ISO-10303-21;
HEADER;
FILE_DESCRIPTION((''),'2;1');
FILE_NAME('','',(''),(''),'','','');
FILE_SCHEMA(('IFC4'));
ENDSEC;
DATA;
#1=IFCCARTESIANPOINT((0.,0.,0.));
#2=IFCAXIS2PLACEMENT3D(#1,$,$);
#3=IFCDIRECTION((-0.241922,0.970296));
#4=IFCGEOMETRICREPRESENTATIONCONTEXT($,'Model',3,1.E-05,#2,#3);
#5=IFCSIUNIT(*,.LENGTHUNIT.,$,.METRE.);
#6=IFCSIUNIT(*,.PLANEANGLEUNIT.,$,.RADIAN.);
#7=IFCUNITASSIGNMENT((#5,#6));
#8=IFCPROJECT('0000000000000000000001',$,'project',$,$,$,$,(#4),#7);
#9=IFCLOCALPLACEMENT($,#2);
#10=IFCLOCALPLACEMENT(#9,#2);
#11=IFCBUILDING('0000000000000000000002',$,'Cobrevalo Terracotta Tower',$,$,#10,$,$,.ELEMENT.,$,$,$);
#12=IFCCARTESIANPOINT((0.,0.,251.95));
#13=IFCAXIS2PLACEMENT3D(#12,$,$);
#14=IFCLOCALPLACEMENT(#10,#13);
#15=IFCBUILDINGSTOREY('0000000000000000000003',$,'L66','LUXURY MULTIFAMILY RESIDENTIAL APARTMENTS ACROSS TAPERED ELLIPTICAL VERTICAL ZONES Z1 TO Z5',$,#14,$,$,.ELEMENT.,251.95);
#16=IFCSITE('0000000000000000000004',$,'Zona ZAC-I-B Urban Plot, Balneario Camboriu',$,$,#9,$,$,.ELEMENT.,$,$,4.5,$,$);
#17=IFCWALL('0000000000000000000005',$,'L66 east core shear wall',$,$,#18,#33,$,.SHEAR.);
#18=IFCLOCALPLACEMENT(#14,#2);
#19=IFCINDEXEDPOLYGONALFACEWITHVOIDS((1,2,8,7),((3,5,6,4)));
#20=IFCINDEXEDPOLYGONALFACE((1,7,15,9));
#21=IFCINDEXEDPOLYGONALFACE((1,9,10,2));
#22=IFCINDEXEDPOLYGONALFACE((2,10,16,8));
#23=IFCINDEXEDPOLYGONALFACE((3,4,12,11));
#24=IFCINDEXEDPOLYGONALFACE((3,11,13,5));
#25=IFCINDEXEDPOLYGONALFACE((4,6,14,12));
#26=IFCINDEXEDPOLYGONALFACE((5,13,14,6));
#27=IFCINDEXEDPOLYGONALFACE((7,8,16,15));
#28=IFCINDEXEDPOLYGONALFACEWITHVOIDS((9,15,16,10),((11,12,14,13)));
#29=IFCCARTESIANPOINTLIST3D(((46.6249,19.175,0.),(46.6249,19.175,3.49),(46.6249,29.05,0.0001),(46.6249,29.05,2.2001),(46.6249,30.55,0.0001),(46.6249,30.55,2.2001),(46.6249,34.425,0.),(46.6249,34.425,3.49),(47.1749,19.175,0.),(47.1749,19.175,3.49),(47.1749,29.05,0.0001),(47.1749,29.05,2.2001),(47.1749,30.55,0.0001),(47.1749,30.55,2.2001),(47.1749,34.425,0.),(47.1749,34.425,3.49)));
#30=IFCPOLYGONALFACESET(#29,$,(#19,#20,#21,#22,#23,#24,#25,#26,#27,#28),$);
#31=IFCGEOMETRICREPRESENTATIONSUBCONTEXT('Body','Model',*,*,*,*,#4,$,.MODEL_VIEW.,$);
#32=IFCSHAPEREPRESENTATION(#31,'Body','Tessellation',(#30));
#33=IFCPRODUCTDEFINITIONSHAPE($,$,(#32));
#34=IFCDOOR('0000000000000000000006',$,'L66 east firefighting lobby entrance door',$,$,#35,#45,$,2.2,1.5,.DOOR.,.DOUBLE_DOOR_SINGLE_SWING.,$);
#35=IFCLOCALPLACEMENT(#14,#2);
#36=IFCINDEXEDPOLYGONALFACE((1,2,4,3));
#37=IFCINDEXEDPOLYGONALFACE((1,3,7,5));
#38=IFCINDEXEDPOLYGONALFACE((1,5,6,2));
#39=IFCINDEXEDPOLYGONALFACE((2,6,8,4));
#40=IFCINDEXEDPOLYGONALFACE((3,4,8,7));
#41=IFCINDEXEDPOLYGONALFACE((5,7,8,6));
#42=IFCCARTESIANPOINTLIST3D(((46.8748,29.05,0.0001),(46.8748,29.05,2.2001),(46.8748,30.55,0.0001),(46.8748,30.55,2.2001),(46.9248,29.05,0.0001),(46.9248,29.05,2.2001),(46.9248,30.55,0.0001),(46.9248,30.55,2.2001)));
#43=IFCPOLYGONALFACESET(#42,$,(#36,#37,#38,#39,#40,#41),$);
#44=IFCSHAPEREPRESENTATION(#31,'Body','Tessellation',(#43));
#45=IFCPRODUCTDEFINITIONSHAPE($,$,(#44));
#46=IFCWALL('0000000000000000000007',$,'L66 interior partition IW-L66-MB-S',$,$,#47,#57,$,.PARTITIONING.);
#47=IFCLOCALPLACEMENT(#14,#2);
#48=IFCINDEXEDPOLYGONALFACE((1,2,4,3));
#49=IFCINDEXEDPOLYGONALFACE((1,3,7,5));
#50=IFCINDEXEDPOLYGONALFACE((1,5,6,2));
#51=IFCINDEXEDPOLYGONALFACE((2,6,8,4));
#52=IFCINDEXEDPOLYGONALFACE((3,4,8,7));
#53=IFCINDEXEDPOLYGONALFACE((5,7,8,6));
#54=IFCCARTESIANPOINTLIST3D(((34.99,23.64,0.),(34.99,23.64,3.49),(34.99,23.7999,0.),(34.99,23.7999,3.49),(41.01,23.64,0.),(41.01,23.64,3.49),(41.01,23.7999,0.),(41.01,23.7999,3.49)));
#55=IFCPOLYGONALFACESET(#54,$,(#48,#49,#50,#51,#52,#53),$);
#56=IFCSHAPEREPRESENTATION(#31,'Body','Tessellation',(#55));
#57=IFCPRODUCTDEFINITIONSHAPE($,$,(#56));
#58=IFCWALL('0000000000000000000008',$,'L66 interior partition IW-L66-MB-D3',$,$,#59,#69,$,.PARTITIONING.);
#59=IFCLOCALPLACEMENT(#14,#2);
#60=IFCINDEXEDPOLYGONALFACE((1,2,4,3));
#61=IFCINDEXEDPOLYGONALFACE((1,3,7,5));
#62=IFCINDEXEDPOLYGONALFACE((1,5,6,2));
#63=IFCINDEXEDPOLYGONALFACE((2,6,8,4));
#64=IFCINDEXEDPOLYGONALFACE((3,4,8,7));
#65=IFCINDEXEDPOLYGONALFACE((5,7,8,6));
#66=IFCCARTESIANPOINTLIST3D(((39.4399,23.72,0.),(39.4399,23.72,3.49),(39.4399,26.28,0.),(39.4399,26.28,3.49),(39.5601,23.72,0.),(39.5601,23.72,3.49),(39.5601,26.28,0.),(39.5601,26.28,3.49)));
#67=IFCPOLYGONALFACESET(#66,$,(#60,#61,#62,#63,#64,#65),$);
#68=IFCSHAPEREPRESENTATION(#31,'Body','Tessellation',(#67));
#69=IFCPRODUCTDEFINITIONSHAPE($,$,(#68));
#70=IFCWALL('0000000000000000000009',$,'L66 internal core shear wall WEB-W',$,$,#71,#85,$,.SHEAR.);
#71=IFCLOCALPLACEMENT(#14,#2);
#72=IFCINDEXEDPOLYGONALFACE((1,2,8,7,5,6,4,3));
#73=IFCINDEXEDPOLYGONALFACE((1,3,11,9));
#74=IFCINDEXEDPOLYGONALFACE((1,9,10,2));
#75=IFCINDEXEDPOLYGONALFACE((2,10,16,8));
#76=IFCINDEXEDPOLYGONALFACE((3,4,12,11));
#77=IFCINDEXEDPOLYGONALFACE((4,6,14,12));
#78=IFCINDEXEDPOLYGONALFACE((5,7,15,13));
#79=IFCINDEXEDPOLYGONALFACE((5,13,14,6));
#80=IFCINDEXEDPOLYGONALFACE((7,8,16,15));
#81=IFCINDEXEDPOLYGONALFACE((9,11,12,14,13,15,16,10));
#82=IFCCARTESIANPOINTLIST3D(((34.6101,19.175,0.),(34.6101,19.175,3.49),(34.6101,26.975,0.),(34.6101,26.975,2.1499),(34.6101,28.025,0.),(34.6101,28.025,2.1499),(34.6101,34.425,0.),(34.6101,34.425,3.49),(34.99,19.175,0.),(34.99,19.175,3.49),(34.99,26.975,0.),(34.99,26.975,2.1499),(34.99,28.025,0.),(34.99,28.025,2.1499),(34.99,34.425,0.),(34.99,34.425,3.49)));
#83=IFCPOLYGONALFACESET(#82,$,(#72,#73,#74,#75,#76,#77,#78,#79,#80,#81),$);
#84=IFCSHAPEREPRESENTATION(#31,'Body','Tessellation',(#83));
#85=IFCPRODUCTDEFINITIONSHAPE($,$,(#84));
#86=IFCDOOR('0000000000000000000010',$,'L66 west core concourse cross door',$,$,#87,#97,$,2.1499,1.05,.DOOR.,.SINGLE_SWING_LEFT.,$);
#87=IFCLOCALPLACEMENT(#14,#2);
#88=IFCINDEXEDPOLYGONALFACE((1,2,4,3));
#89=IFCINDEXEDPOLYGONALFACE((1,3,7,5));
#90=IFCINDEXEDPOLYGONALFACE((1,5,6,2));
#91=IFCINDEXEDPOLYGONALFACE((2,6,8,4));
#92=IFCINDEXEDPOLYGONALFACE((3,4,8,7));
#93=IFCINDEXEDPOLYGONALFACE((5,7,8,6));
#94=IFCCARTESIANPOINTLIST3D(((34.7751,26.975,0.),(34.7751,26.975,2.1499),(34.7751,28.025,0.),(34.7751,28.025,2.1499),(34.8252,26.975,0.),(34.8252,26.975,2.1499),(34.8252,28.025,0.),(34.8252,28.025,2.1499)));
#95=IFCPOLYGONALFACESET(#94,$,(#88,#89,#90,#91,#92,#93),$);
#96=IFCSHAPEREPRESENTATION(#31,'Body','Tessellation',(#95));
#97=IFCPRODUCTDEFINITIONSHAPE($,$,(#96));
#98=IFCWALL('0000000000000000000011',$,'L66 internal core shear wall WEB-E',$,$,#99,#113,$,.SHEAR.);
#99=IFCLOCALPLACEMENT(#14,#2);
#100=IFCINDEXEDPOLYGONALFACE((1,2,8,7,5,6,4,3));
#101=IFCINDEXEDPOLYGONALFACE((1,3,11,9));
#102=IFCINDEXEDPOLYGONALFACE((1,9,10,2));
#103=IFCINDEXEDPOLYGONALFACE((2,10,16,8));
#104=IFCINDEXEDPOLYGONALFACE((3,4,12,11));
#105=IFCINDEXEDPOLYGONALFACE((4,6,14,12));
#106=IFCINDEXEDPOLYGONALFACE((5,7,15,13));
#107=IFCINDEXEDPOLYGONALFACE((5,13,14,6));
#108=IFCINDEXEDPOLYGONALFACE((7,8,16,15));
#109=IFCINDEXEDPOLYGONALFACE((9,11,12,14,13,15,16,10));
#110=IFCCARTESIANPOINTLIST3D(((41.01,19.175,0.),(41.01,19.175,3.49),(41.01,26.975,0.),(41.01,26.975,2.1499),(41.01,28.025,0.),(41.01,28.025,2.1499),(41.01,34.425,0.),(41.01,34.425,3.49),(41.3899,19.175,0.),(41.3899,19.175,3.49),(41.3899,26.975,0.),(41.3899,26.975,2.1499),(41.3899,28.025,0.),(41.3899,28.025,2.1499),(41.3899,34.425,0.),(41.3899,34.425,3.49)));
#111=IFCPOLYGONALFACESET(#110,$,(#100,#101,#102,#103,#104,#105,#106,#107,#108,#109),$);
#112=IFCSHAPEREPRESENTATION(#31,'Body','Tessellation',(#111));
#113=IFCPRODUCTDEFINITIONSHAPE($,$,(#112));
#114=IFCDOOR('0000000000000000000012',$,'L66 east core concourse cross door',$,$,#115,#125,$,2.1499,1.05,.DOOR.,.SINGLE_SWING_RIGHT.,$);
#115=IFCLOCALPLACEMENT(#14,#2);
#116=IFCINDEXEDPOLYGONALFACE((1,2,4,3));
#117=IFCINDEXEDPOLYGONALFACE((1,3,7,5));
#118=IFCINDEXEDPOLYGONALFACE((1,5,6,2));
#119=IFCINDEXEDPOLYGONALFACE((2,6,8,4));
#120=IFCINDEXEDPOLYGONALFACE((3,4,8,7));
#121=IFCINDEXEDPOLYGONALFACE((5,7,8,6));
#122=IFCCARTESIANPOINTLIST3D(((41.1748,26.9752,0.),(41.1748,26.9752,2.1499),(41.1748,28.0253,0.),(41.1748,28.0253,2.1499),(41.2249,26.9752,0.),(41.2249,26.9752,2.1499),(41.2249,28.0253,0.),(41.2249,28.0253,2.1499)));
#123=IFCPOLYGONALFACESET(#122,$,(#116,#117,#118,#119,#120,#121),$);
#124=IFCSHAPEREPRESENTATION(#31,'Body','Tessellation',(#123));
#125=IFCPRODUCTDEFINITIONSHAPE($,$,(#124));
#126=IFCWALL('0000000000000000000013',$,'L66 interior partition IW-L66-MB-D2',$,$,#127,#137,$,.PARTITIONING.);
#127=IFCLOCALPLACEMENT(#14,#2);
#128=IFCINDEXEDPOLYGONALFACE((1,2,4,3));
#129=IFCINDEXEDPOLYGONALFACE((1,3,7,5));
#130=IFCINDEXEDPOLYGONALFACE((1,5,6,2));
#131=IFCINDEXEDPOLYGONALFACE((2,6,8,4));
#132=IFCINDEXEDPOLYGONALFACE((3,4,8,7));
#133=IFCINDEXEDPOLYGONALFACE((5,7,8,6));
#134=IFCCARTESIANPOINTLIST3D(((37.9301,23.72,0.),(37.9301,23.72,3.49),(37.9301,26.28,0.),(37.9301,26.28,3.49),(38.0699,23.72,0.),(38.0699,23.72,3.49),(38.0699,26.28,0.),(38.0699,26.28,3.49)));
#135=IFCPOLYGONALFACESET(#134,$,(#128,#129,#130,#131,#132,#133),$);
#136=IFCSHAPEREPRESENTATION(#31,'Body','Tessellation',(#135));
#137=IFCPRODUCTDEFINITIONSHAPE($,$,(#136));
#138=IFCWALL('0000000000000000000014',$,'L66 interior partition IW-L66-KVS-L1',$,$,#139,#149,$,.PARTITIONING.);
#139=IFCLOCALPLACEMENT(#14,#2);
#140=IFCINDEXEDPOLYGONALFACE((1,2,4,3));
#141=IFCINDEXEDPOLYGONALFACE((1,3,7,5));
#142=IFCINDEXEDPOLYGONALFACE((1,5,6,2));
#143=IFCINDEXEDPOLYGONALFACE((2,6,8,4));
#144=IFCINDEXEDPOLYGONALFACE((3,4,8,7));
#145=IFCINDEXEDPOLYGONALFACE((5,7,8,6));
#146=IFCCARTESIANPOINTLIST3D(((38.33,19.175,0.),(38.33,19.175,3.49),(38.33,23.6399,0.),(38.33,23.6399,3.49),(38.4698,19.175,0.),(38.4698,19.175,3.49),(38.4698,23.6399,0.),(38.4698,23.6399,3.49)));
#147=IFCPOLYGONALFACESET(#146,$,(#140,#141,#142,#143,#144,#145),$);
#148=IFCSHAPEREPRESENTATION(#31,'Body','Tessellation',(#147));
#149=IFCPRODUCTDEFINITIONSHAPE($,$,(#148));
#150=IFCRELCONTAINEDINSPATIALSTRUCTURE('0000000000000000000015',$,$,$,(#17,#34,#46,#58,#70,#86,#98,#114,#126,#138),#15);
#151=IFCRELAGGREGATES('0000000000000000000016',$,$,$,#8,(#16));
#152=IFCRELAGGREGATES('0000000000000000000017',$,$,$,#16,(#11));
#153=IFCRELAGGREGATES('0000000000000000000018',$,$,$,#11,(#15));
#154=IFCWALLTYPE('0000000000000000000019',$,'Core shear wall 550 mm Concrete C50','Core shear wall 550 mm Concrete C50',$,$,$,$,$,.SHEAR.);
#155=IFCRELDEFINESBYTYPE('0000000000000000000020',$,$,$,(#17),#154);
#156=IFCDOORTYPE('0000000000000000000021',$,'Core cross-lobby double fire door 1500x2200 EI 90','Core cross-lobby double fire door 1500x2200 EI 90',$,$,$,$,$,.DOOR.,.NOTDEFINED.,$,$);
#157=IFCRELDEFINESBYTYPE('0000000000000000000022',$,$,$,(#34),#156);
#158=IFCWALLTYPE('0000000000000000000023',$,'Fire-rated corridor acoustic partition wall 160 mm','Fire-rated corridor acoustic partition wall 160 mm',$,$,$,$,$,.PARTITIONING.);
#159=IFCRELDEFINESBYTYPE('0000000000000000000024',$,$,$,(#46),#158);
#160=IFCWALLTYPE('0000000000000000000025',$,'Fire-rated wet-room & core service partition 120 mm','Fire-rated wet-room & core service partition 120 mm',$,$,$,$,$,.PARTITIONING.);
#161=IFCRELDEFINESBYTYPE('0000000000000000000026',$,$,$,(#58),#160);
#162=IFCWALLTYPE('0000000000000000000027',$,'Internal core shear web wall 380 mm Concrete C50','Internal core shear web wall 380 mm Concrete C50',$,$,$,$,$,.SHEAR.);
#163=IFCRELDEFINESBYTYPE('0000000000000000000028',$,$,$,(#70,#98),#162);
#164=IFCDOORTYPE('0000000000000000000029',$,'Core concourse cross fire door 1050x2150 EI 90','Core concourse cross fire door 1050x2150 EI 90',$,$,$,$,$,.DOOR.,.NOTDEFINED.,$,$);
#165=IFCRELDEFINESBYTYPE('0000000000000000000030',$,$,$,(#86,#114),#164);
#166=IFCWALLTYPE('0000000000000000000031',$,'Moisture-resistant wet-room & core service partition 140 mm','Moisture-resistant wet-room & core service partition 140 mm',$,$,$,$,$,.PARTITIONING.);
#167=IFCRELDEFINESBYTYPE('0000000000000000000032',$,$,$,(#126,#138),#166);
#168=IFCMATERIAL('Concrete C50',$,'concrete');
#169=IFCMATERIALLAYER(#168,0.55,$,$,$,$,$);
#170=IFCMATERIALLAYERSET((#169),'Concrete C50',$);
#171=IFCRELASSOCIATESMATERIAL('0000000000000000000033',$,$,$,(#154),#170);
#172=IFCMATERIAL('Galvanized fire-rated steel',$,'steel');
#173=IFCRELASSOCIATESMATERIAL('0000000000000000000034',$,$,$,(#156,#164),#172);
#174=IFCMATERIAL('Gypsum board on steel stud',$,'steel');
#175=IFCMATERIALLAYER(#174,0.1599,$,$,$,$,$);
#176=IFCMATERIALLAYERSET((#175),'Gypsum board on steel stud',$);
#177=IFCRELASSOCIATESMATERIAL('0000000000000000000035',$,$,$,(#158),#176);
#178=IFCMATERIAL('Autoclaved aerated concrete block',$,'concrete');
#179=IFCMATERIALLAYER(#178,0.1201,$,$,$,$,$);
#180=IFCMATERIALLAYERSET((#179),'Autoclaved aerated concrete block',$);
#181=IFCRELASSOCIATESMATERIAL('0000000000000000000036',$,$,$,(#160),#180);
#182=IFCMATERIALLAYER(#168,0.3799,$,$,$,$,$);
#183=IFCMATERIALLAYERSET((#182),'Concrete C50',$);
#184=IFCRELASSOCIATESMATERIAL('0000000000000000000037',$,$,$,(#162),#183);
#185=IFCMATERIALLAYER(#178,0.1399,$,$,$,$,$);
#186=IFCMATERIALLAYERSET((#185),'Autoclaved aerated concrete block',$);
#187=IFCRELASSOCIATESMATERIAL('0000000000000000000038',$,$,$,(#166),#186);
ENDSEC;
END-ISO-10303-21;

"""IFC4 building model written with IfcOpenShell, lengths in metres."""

from ifc_helpers import new_model, si_unit, direction, frame, frame_2d, origin, place, context, subcontext, project, spatial, rectangle, extrude, source, transform, mapped, material, layer, layer_set, type_object, element, fill, save


model = new_model("IFC4")

# Units and contexts
model_context = context("Model", 3, precision=1e-05, world=origin(), true_north=direction((-0.241922, 0.970296)))
body_context = subcontext(model_context, "Body", "Model", "MODEL_VIEW")
ifc_project = project(units=[si_unit("LENGTHUNIT", "METRE"), si_unit("PLANEANGLEUNIT", "RADIAN")], contexts=[model_context])

# Site, building, storey
site_placement = place(None, origin())
site = spatial("IfcSite", under=ifc_project, at=site_placement, Name="Zona ZAC-I-B Urban Plot, Balneario Camboriu", CompositionType="ELEMENT", RefElevation=4.5)
building_placement = place(site_placement, origin())
building = spatial("IfcBuilding", under=site, at=building_placement, Name="Cobrevalo Terracotta Tower", CompositionType="ELEMENT")
storey_placement = place(building_placement, frame((0.0, 0.0, 251.95)))
storey = spatial("IfcBuildingStorey", under=building, at=storey_placement, Name="L66", Description="LUXURY MULTIFAMILY RESIDENTIAL APARTMENTS ACROSS TAPERED ELLIPTICAL VERTICAL ZONES Z1 TO Z5", CompositionType="ELEMENT", Elevation=251.95)

# Wall, opening, door
ifc_material_1 = material(Name="Concrete C50", Category="concrete")
ifc_layer_1 = layer(ifc_material_1, 0.55)
ifc_layer_set_1 = layer_set([ifc_layer_1], Name="Concrete C50")
wall_type_1 = type_object("IfcWallType", Name="Core shear wall 550 mm Concrete C50", Description="Core shear wall 550 mm Concrete C50", PredefinedType="SHEAR", material=ifc_layer_set_1)
wall_1_placement = place(storey_placement, frame((46.8999, 19.175, 0.0), z_axis=(0.0, 0.0, 1.0), x_axis=(0.0, 1.0, 0.0)))
wall_1 = element("IfcWall", 1, at=wall_1_placement, inside=storey, type_object=wall_type_1, Name="L66 east core shear wall", PredefinedType="SHEAR", context=body_context, shape_type="SweptSolid", body=[
    extrude(rectangle(XDim=15.25, YDim=0.55, at=frame_2d((7.625, 0.0))), origin(), (0.0, 0.0, 1.0), 3.49),
])
opening_1_placement = place(wall_1_placement, frame((9.875, 0.0, 0.0)))
opening_1 = element("IfcOpeningElement", 2, at=opening_1_placement, cuts=wall_1, PredefinedType="OPENING", context=body_context, shape_type="SweptSolid", body=[
    extrude(rectangle(XDim=1.5, YDim=2.2, at=frame_2d((0.75, 1.1001))), frame((0.0, 0.2852, 0.0), z_axis=(0.0, -1.0, 0.0), x_axis=(1.0, 0.0, 0.0)), (0.0, 0.0, 1.0), 0.5701),
])
ifc_material_2 = material(Name="Galvanized fire-rated steel", Category="steel")
door_type_1 = type_object("IfcDoorType", Name="Core cross-lobby double fire door 1500x2200 EI 90", Description="Core cross-lobby double fire door 1500x2200 EI 90", OperationType="NOTDEFINED", PredefinedType="DOOR", material=ifc_material_2)
shared_shape_1 = source(origin(), body_context, "Body", "SweptSolid", [
    extrude(rectangle(XDim=1.5, YDim=2.2, at=frame_2d((0.75, 1.1001))), frame((0.0, 0.0249, 0.0), z_axis=(0.0, -1.0, 0.0), x_axis=(1.0, 0.0, 0.0)), (0.0, 0.0, 1.0), 0.05),
])
door_1_placement = place(opening_1_placement, frame((1.5, 0.0, 0.0), z_axis=(0.0, 0.0, 1.0), x_axis=(-1.0, 0.0, 0.0)))
door_1 = element("IfcDoor", 3, at=door_1_placement, inside=storey, type_object=door_type_1, Name="L66 east firefighting lobby entrance door", OperationType="DOUBLE_DOOR_SINGLE_SWING", OverallHeight=2.2, OverallWidth=1.5, PredefinedType="DOOR", context=body_context, shape_type="MappedRepresentation", body=[
    mapped(shared_shape_1, transform((0.0, 0.0, 0.0), scale=1.0)),
])
fill(opening_1, door_1)

# Walls
ifc_material_3 = material(Name="Gypsum board on steel stud", Category="steel")
ifc_layer_2 = layer(ifc_material_3, 0.1599)
ifc_layer_set_2 = layer_set([ifc_layer_2], Name="Gypsum board on steel stud")
wall_type_2 = type_object("IfcWallType", Name="Fire-rated corridor acoustic partition wall 160 mm", Description="Fire-rated corridor acoustic partition wall 160 mm", PredefinedType="PARTITIONING", material=ifc_layer_set_2)
wall_2_placement = place(storey_placement, frame((34.99, 23.72, 0.0), z_axis=(0.0, 0.0, 1.0), x_axis=(1.0, 0.0, 0.0)))
element("IfcWall", 4, at=wall_2_placement, inside=storey, type_object=wall_type_2, Name="L66 interior partition IW-L66-MB-S", PredefinedType="PARTITIONING", context=body_context, shape_type="SweptSolid", body=[
    extrude(rectangle(XDim=6.02, YDim=0.1599, at=frame_2d((3.01, 0.0))), origin(), (0.0, 0.0, 1.0), 3.49),
])
ifc_material_4 = material(Name="Autoclaved aerated concrete block", Category="concrete")
ifc_layer_3 = layer(ifc_material_4, 0.1201)
ifc_layer_set_3 = layer_set([ifc_layer_3], Name="Autoclaved aerated concrete block")
wall_type_3 = type_object("IfcWallType", Name="Fire-rated wet-room & core service partition 120 mm", Description="Fire-rated wet-room & core service partition 120 mm", PredefinedType="PARTITIONING", material=ifc_layer_set_3)
wall_3_placement = place(storey_placement, frame((39.5, 23.72, 0.0), z_axis=(0.0, 0.0, 1.0), x_axis=(0.0, 1.0, 0.0)))
element("IfcWall", 5, at=wall_3_placement, inside=storey, type_object=wall_type_3, Name="L66 interior partition IW-L66-MB-D3", PredefinedType="PARTITIONING", context=body_context, shape_type="SweptSolid", body=[
    extrude(rectangle(XDim=2.5601, YDim=0.1201, at=frame_2d((1.28, 0.0))), origin(), (0.0, 0.0, 1.0), 3.49),
])

# Walls, openings, doors
ifc_layer_4 = layer(ifc_material_1, 0.3799)
ifc_layer_set_4 = layer_set([ifc_layer_4], Name="Concrete C50")
wall_type_4 = type_object("IfcWallType", Name="Internal core shear web wall 380 mm Concrete C50", Description="Internal core shear web wall 380 mm Concrete C50", PredefinedType="SHEAR", material=ifc_layer_set_4)
wall_4_placement = place(storey_placement, frame((34.8, 19.175, 0.0), z_axis=(0.0, 0.0, 1.0), x_axis=(0.0, 1.0, 0.0)))
wall_4 = element("IfcWall", 6, at=wall_4_placement, inside=storey, type_object=wall_type_4, Name="L66 internal core shear wall WEB-W", PredefinedType="SHEAR", context=body_context, shape_type="SweptSolid", body=[
    extrude(rectangle(XDim=15.25, YDim=0.3799, at=frame_2d((7.625, 0.0))), origin(), (0.0, 0.0, 1.0), 3.49),
])
opening_2_placement = place(wall_4_placement, frame((7.8, 0.0, 0.0)))
opening_2 = element("IfcOpeningElement", 7, at=opening_2_placement, cuts=wall_4, PredefinedType="OPENING", context=body_context, shape_type="SweptSolid", body=[
    extrude(rectangle(XDim=1.05, YDim=2.1499, at=frame_2d((0.5249, 1.075))), frame((0.0, 0.2, 0.0), z_axis=(0.0, -1.0, 0.0), x_axis=(1.0, 0.0, 0.0)), (0.0, 0.0, 1.0), 0.3999),
])
door_type_2 = type_object("IfcDoorType", Name="Core concourse cross fire door 1050x2150 EI 90", Description="Core concourse cross fire door 1050x2150 EI 90", OperationType="NOTDEFINED", PredefinedType="DOOR", material=ifc_material_2)
shared_shape_2 = source(origin(), body_context, "Body", "SweptSolid", [
    extrude(rectangle(XDim=1.05, YDim=2.1499, at=frame_2d((0.5249, 1.075))), frame((0.0, 0.0249, 0.0), z_axis=(0.0, -1.0, 0.0), x_axis=(1.0, 0.0, 0.0)), (0.0, 0.0, 1.0), 0.05),
])
door_2_placement = place(opening_2_placement, origin())
door_2 = element("IfcDoor", 8, at=door_2_placement, inside=storey, type_object=door_type_2, Name="L66 west core concourse cross door", OperationType="SINGLE_SWING_LEFT", OverallHeight=2.1499, OverallWidth=1.05, PredefinedType="DOOR", context=body_context, shape_type="MappedRepresentation", body=[
    mapped(shared_shape_2, transform((0.0, 0.0, 0.0), scale=1.0)),
])
fill(opening_2, door_2)
wall_5_placement = place(storey_placement, frame((41.2, 19.175, 0.0), z_axis=(0.0, 0.0, 1.0), x_axis=(0.0, 1.0, 0.0)))
wall_5 = element("IfcWall", 9, at=wall_5_placement, inside=storey, type_object=wall_type_4, Name="L66 internal core shear wall WEB-E", PredefinedType="SHEAR", context=body_context, shape_type="SweptSolid", body=[
    extrude(rectangle(XDim=15.25, YDim=0.3799, at=frame_2d((7.625, 0.0))), origin(), (0.0, 0.0, 1.0), 3.49),
])
opening_3_placement = place(wall_5_placement, frame((7.8, 0.0, 0.0)))
opening_3 = element("IfcOpeningElement", 10, at=opening_3_placement, cuts=wall_5, PredefinedType="OPENING", context=body_context, shape_type="SweptSolid", body=[
    extrude(rectangle(XDim=1.05, YDim=2.1499, at=frame_2d((0.5249, 1.075))), frame((0.0, 0.2, 0.0), z_axis=(0.0, -1.0, 0.0), x_axis=(1.0, 0.0, 0.0)), (0.0, 0.0, 1.0), 0.3999),
])
door_3_placement = place(opening_3_placement, frame((1.05, 0.0, 0.0), z_axis=(0.0, 0.0, 1.0), x_axis=(-1.0, 0.0, 0.0)))
door_3 = element("IfcDoor", 11, at=door_3_placement, inside=storey, type_object=door_type_2, Name="L66 east core concourse cross door", OperationType="SINGLE_SWING_RIGHT", OverallHeight=2.1499, OverallWidth=1.05, PredefinedType="DOOR", context=body_context, shape_type="MappedRepresentation", body=[
    mapped(shared_shape_2, transform((0.0, 0.0, 0.0), scale=1.0)),
])
fill(opening_3, door_3)

# Walls
ifc_layer_5 = layer(ifc_material_4, 0.1399)
ifc_layer_set_5 = layer_set([ifc_layer_5], Name="Autoclaved aerated concrete block")
wall_type_5 = type_object("IfcWallType", Name="Moisture-resistant wet-room & core service partition 140 mm", Description="Moisture-resistant wet-room & core service partition 140 mm", PredefinedType="PARTITIONING", material=ifc_layer_set_5)
wall_6_placement = place(storey_placement, frame((38.0, 23.72, 0.0), z_axis=(0.0, 0.0, 1.0), x_axis=(0.0, 1.0, 0.0)))
element("IfcWall", 12, at=wall_6_placement, inside=storey, type_object=wall_type_5, Name="L66 interior partition IW-L66-MB-D2", PredefinedType="PARTITIONING", context=body_context, shape_type="SweptSolid", body=[
    extrude(rectangle(XDim=2.5601, YDim=0.1399, at=frame_2d((1.28, 0.0))), origin(), (0.0, 0.0, 1.0), 3.49),
])
wall_7_placement = place(storey_placement, frame((38.3999, 19.175, 0.0), z_axis=(0.0, 0.0, 1.0), x_axis=(0.0, 1.0, 0.0)))
element("IfcWall", 13, at=wall_7_placement, inside=storey, type_object=wall_type_5, Name="L66 interior partition IW-L66-KVS-L1", PredefinedType="PARTITIONING", context=body_context, shape_type="SweptSolid", body=[
    extrude(rectangle(XDim=4.4648, YDim=0.1399, at=frame_2d((2.2324, 0.0))), origin(), (0.0, 0.0, 1.0), 3.49),
])

save(model, "model.ifc")
